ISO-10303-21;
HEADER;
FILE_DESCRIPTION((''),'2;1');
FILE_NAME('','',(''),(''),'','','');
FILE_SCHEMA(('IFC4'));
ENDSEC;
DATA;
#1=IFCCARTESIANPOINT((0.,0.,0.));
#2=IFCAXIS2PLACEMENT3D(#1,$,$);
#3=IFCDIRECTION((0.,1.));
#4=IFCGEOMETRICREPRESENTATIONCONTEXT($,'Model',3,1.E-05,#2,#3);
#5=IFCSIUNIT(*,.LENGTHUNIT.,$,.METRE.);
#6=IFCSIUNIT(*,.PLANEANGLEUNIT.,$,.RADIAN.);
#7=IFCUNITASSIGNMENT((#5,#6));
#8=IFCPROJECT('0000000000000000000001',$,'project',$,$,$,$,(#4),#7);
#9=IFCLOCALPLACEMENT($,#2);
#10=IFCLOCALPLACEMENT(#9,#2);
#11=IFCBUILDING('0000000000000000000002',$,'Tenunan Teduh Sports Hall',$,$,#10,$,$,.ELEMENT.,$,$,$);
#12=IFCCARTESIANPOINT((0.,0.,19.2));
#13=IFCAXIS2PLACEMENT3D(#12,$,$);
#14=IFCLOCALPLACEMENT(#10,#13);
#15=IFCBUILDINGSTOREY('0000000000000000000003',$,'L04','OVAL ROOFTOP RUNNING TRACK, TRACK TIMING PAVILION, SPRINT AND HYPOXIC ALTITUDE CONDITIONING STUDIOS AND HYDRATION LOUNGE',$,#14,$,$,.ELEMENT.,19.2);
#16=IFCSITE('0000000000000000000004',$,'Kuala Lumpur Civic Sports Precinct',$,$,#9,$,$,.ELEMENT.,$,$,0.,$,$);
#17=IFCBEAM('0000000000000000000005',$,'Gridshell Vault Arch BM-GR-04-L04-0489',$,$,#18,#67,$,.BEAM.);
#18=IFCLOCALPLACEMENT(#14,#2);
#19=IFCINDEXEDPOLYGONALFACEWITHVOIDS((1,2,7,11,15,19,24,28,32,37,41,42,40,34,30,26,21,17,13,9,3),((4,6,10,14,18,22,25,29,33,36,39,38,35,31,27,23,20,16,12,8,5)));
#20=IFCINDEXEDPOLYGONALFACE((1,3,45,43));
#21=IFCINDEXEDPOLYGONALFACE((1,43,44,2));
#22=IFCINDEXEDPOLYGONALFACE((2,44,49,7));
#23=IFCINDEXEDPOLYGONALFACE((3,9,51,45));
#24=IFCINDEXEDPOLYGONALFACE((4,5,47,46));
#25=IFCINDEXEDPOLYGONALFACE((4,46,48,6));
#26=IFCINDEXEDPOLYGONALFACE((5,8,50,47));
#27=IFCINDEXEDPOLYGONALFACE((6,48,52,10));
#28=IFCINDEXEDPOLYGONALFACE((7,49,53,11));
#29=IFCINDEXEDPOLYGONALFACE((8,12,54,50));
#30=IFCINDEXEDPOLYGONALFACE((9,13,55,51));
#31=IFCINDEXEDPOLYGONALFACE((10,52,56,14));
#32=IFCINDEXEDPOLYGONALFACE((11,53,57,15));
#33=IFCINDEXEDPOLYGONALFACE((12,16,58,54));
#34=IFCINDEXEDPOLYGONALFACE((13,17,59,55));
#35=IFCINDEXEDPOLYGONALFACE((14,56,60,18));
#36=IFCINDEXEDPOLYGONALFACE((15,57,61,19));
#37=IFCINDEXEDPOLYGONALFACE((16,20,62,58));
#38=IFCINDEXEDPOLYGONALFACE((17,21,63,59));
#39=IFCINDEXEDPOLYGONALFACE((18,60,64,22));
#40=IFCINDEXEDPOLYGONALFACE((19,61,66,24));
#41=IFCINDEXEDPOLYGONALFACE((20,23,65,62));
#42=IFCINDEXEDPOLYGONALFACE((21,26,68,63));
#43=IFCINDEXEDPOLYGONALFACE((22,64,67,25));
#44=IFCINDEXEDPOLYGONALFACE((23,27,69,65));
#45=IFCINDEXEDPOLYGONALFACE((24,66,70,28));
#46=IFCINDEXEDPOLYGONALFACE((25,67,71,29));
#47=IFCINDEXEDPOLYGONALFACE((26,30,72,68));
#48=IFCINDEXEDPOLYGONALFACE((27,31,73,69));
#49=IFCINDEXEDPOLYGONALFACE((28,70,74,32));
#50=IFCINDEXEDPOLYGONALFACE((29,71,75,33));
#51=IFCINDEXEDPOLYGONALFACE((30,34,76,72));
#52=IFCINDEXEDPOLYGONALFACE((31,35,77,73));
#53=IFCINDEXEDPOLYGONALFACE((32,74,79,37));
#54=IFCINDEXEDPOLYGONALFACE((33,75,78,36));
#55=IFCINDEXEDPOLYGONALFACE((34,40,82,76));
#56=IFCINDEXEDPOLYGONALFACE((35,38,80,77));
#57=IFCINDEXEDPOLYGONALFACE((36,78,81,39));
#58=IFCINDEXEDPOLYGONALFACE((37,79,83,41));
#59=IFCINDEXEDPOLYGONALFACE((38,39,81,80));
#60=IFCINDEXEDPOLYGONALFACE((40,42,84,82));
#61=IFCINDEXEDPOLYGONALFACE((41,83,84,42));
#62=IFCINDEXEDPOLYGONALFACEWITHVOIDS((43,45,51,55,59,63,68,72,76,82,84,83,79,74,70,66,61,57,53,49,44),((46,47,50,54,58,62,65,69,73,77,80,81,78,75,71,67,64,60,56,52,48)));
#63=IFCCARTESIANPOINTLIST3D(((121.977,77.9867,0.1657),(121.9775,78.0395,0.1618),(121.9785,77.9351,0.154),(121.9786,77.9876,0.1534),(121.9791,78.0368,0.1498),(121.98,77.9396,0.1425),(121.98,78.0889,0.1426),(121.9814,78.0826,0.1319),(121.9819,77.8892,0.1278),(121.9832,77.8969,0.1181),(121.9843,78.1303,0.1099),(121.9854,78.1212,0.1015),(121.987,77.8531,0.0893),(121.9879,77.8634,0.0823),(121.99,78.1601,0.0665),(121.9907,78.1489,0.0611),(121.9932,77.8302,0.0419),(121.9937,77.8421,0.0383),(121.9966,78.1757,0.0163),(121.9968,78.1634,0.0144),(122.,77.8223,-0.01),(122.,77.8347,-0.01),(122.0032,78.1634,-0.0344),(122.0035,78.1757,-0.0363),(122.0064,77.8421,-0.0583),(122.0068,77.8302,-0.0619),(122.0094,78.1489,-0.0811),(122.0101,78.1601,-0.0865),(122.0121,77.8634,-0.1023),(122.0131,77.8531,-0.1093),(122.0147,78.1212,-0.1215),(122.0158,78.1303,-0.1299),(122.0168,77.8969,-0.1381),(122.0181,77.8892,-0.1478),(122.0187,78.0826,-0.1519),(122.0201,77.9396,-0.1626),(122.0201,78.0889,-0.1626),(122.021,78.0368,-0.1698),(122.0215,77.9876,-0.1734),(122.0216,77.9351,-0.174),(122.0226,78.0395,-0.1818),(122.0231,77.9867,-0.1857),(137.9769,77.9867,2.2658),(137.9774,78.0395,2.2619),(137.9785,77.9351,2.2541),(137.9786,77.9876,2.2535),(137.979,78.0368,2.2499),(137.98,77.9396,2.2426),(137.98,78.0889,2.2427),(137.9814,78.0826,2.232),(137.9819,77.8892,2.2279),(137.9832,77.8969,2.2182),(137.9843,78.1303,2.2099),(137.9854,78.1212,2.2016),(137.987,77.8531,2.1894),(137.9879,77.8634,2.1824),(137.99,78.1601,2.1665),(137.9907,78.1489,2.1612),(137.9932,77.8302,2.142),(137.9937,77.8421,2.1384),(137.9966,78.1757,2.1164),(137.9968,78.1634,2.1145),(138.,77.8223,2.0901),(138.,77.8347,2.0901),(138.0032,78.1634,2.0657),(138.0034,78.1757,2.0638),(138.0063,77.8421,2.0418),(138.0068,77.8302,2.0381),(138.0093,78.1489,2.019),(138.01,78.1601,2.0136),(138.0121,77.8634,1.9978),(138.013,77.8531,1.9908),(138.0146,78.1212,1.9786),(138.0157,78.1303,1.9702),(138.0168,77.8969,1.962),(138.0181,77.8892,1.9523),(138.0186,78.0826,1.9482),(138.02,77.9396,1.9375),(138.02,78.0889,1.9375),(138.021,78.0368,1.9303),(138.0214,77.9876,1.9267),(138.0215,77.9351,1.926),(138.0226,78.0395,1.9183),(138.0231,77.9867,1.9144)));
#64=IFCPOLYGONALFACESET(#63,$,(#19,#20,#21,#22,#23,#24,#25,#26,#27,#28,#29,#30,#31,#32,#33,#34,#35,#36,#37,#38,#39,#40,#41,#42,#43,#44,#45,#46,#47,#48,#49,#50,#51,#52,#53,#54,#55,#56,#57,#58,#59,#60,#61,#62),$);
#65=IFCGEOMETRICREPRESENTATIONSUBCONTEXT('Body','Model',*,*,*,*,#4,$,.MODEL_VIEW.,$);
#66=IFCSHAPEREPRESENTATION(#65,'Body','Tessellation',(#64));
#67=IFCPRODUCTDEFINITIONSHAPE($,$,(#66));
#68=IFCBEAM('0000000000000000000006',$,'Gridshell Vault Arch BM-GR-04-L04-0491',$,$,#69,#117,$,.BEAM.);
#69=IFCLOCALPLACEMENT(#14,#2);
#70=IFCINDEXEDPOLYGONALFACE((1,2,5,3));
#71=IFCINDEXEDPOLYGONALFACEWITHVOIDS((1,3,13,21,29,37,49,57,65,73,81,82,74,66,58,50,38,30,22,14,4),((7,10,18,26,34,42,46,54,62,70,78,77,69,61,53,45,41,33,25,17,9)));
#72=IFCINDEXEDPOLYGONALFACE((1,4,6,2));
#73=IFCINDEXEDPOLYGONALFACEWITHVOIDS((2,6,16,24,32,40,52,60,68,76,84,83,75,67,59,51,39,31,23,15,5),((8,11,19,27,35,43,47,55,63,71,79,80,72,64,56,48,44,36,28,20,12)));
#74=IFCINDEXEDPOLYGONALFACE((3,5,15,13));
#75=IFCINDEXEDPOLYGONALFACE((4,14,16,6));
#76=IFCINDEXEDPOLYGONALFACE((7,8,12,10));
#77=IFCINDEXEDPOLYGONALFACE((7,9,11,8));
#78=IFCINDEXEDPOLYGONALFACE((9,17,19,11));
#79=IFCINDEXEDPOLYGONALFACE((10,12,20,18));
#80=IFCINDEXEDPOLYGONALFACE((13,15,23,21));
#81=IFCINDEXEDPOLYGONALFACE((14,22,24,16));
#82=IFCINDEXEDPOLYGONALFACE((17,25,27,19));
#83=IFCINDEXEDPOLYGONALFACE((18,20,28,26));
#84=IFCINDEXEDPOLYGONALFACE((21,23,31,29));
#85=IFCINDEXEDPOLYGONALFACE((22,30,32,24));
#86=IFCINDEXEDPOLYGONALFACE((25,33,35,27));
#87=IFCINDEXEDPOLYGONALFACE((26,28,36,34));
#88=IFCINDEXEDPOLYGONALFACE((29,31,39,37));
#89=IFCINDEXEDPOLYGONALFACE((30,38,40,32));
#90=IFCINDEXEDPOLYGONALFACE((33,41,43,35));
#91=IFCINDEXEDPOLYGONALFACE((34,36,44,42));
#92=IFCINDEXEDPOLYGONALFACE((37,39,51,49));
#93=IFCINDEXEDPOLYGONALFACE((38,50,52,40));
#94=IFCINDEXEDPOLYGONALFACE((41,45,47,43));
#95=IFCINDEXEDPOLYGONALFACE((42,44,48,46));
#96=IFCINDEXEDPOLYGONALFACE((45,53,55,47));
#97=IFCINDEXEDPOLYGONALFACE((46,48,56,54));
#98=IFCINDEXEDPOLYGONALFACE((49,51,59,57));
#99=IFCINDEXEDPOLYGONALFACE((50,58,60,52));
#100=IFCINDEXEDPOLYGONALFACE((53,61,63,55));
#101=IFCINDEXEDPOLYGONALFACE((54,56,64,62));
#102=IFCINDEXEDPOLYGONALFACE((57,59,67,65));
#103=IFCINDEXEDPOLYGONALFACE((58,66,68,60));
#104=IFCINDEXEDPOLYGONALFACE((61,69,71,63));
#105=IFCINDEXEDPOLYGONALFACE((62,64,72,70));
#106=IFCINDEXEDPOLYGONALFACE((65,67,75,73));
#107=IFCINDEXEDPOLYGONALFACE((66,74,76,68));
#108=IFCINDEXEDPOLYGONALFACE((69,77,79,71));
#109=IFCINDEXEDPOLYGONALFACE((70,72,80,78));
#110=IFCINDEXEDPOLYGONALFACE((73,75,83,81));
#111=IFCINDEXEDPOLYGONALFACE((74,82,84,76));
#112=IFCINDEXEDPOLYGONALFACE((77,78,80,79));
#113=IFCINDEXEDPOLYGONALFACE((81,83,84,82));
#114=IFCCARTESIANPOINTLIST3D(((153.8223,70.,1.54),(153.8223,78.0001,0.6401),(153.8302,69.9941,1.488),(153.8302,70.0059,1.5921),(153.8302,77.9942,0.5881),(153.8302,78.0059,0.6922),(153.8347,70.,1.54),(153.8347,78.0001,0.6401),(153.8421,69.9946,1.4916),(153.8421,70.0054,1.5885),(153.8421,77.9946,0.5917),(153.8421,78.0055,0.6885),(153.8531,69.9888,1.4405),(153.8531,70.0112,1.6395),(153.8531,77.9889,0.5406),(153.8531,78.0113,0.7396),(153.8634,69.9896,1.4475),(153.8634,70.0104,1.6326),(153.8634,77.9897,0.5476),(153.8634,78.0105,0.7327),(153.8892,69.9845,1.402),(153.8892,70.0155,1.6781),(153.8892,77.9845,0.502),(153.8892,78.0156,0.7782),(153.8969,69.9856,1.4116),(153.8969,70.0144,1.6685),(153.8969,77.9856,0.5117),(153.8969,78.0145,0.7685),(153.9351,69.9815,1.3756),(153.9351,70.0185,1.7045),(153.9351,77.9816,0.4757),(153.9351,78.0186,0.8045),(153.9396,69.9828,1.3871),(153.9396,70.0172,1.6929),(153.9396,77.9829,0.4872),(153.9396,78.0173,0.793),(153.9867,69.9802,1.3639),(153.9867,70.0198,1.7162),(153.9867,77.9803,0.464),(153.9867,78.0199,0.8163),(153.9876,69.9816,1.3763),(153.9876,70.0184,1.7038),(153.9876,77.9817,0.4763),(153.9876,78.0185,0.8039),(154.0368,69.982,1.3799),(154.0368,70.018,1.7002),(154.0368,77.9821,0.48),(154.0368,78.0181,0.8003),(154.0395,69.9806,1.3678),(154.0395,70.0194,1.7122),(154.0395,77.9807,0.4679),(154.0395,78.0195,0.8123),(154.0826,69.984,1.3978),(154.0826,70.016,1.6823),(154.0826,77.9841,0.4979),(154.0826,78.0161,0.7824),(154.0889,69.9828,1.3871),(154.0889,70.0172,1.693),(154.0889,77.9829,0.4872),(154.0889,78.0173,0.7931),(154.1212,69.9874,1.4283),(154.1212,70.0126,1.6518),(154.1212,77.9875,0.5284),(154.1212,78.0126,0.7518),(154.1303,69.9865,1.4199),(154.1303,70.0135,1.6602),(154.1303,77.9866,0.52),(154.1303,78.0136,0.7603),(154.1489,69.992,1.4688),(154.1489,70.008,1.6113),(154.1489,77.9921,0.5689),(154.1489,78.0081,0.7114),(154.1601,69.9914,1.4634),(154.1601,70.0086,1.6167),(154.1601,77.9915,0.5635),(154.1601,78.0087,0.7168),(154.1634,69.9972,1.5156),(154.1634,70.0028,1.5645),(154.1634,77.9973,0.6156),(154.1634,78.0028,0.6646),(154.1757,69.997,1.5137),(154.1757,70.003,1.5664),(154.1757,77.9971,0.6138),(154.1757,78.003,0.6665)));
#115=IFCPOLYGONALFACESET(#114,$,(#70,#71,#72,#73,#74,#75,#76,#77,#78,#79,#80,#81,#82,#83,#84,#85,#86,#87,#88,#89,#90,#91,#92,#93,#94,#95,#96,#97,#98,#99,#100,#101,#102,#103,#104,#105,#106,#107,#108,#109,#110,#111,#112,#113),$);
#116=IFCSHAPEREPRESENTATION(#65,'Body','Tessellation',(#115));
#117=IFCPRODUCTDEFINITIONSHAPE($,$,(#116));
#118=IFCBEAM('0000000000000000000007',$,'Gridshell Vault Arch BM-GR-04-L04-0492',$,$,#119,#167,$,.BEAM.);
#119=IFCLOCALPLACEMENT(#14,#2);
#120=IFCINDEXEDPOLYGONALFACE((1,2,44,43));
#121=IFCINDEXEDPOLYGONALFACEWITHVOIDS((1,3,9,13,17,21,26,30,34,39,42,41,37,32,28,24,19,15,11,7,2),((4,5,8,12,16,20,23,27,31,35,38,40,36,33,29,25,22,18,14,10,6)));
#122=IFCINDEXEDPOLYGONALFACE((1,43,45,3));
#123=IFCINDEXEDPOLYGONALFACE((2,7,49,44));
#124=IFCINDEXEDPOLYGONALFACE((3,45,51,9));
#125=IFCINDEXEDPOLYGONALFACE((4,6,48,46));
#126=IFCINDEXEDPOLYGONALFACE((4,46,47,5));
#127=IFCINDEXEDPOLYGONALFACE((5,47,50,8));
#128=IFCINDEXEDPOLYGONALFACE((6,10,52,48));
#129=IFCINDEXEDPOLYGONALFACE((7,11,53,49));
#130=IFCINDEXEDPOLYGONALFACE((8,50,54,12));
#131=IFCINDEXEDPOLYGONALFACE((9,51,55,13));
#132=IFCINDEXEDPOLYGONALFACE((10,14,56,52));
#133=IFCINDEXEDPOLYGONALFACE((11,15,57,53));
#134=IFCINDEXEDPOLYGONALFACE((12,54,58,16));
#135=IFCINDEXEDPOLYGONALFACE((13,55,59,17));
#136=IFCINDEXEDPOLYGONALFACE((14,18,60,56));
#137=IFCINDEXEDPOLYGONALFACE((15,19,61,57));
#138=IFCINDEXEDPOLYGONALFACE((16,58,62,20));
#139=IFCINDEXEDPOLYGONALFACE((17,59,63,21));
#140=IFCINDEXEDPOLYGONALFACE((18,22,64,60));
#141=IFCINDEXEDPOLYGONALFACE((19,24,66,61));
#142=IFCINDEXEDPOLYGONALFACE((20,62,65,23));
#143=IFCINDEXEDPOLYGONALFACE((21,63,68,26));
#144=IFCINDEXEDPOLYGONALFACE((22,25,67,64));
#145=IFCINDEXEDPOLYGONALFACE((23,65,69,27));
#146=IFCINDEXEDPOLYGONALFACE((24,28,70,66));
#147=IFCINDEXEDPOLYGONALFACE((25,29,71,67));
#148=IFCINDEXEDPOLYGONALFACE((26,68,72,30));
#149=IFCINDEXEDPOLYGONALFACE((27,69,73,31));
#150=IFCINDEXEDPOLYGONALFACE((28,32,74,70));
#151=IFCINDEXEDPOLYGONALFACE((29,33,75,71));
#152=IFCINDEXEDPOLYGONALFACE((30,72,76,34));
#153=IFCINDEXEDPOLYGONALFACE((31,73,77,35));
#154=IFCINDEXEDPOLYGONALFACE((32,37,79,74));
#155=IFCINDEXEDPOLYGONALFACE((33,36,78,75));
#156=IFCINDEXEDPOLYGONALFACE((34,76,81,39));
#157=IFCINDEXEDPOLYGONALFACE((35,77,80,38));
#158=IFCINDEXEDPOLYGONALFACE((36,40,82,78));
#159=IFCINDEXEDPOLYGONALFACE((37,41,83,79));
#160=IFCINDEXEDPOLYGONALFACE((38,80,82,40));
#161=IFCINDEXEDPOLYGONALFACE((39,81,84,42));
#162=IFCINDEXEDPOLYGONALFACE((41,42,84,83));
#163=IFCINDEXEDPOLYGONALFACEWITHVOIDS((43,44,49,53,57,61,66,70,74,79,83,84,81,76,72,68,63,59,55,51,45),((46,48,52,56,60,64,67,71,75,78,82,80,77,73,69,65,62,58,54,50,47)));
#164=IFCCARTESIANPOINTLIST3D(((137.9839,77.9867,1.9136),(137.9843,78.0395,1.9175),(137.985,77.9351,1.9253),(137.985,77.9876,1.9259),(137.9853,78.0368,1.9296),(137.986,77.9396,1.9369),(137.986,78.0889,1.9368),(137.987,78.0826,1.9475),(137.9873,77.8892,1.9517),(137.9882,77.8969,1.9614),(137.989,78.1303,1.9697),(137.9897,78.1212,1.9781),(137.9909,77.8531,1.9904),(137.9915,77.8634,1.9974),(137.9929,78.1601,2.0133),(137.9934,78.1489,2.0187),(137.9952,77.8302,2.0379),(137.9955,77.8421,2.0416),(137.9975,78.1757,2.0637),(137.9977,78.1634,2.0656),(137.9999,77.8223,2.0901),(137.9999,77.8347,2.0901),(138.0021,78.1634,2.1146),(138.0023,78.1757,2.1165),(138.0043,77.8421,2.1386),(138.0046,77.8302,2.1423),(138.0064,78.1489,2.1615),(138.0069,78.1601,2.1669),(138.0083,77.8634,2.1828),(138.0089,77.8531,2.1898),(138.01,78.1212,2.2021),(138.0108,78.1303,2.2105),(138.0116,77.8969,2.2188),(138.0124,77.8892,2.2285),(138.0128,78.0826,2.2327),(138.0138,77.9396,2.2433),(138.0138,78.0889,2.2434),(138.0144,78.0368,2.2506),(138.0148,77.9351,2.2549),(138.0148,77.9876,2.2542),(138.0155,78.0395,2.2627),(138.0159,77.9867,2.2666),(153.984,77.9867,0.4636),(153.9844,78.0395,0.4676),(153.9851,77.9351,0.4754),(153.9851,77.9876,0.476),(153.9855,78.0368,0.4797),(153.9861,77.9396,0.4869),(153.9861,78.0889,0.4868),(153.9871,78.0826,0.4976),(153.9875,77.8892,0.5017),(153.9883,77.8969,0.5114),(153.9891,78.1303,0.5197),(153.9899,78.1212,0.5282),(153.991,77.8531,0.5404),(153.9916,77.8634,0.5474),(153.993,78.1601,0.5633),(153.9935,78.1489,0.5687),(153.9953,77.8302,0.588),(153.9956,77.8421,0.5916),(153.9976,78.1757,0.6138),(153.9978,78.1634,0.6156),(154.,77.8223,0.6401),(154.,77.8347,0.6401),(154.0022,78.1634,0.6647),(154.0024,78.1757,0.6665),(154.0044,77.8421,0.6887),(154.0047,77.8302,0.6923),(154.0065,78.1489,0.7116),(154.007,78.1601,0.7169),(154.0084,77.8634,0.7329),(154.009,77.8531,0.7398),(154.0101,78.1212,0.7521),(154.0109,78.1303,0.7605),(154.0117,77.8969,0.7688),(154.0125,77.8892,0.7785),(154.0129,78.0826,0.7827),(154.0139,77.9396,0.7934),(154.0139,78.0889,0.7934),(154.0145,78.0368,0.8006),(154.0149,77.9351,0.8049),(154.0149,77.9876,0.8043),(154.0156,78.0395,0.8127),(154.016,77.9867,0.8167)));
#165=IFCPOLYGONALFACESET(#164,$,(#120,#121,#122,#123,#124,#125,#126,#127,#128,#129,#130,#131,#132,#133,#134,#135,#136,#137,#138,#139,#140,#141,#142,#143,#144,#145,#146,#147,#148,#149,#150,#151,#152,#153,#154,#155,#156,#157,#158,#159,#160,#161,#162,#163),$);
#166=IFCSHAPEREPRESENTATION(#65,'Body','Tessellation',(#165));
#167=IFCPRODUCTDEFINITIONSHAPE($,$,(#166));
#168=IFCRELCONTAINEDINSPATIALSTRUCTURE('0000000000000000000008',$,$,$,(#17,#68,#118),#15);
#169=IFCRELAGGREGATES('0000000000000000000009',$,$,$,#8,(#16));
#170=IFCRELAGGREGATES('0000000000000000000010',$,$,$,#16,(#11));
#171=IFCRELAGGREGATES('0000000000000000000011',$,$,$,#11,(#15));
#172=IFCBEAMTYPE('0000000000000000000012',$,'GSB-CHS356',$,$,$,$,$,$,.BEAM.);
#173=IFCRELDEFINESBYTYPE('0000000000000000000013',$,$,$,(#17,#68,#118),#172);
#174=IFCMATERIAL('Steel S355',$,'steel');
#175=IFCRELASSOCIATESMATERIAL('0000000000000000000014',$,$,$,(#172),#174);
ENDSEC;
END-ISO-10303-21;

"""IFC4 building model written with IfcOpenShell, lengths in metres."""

from ifc_helpers import new_model, si_unit, direction, frame, origin, origin_2d, place, context, subcontext, project, spatial, hollow_circle, extrude, material, material_profile, profile_set, type_object, element, save


model = new_model("IFC4")

# Units and contexts
model_context = context("Model", 3, precision=1e-05, world=origin(), true_north=direction((0.0, 1.0)))
body_context = subcontext(model_context, "Body", "Model", "MODEL_VIEW")
ifc_project = project(units=[si_unit("LENGTHUNIT", "METRE"), si_unit("PLANEANGLEUNIT", "RADIAN")], contexts=[model_context])

# Site, building, storey
site_placement = place(None, origin())
site = spatial("IfcSite", under=ifc_project, at=site_placement, Name="Kuala Lumpur Civic Sports Precinct", CompositionType="ELEMENT", RefElevation=0.0)
building_placement = place(site_placement, origin())
building = spatial("IfcBuilding", under=site, at=building_placement, Name="Tenunan Teduh Sports Hall", CompositionType="ELEMENT")
storey_placement = place(building_placement, frame((0.0, 0.0, 19.2)))
storey = spatial("IfcBuildingStorey", under=building, at=storey_placement, Name="L04", Description="OVAL ROOFTOP RUNNING TRACK, TRACK TIMING PAVILION, SPRINT AND HYPOXIC ALTITUDE CONDITIONING STUDIOS AND HYDRATION LOUNGE", CompositionType="ELEMENT", Elevation=19.2)

# Beams
ifc_material_1 = material(Name="Steel S355", Category="steel")
ifc_material_profile_1 = material_profile(ifc_material_1, hollow_circle(Radius=0.1777, WallThickness=0.0125, at=origin_2d()), Name="CHS 355.6x12.5")
ifc_profile_set_1 = profile_set([ifc_material_profile_1], Name="Steel S355")
beam_type_1 = type_object("IfcBeamType", Name="GSB-CHS356", PredefinedType="BEAM", material=ifc_profile_set_1)
beam_1_placement = place(storey_placement, frame((138.0, 78.0, 2.0901), z_axis=(-0.991496, 0.0, -0.13014), x_axis=(0.0, -1.0, 0.0)))
element("IfcBeam", 1, at=beam_1_placement, inside=storey, type_object=beam_type_1, Name="Gridshell Vault Arch BM-GR-04-L04-0489", PredefinedType="BEAM", context=body_context, shape_type="SweptSolid", body=[
    extrude(hollow_circle(Radius=0.1777, WallThickness=0.0125, at=origin_2d()), origin(), (0.0, 0.0, 1.0), 16.1372),
])
beam_2_placement = place(storey_placement, frame((154.0, 70.0, 1.54), z_axis=(0.0, 0.993733, -0.111783), x_axis=(-1.0, 0.0, 0.0)))
element("IfcBeam", 2, at=beam_2_placement, inside=storey, type_object=beam_type_1, Name="Gridshell Vault Arch BM-GR-04-L04-0491", PredefinedType="BEAM", context=body_context, shape_type="SweptSolid", body=[
    extrude(hollow_circle(Radius=0.1777, WallThickness=0.0125, at=origin_2d()), origin(), (0.0, 0.0, 1.0), 8.0505),
])
beam_3_placement = place(storey_placement, frame((154.0, 78.0, 0.6401), z_axis=(-0.995919, 0.0, 0.090252), x_axis=(0.0, -1.0, 0.0)))
element("IfcBeam", 3, at=beam_3_placement, inside=storey, type_object=beam_type_1, Name="Gridshell Vault Arch BM-GR-04-L04-0492", PredefinedType="BEAM", context=body_context, shape_type="SweptSolid", body=[
    extrude(hollow_circle(Radius=0.1777, WallThickness=0.0125, at=origin_2d()), origin(), (0.0, 0.0, 1.0), 16.0657),
])

save(model, "model.ifc")
